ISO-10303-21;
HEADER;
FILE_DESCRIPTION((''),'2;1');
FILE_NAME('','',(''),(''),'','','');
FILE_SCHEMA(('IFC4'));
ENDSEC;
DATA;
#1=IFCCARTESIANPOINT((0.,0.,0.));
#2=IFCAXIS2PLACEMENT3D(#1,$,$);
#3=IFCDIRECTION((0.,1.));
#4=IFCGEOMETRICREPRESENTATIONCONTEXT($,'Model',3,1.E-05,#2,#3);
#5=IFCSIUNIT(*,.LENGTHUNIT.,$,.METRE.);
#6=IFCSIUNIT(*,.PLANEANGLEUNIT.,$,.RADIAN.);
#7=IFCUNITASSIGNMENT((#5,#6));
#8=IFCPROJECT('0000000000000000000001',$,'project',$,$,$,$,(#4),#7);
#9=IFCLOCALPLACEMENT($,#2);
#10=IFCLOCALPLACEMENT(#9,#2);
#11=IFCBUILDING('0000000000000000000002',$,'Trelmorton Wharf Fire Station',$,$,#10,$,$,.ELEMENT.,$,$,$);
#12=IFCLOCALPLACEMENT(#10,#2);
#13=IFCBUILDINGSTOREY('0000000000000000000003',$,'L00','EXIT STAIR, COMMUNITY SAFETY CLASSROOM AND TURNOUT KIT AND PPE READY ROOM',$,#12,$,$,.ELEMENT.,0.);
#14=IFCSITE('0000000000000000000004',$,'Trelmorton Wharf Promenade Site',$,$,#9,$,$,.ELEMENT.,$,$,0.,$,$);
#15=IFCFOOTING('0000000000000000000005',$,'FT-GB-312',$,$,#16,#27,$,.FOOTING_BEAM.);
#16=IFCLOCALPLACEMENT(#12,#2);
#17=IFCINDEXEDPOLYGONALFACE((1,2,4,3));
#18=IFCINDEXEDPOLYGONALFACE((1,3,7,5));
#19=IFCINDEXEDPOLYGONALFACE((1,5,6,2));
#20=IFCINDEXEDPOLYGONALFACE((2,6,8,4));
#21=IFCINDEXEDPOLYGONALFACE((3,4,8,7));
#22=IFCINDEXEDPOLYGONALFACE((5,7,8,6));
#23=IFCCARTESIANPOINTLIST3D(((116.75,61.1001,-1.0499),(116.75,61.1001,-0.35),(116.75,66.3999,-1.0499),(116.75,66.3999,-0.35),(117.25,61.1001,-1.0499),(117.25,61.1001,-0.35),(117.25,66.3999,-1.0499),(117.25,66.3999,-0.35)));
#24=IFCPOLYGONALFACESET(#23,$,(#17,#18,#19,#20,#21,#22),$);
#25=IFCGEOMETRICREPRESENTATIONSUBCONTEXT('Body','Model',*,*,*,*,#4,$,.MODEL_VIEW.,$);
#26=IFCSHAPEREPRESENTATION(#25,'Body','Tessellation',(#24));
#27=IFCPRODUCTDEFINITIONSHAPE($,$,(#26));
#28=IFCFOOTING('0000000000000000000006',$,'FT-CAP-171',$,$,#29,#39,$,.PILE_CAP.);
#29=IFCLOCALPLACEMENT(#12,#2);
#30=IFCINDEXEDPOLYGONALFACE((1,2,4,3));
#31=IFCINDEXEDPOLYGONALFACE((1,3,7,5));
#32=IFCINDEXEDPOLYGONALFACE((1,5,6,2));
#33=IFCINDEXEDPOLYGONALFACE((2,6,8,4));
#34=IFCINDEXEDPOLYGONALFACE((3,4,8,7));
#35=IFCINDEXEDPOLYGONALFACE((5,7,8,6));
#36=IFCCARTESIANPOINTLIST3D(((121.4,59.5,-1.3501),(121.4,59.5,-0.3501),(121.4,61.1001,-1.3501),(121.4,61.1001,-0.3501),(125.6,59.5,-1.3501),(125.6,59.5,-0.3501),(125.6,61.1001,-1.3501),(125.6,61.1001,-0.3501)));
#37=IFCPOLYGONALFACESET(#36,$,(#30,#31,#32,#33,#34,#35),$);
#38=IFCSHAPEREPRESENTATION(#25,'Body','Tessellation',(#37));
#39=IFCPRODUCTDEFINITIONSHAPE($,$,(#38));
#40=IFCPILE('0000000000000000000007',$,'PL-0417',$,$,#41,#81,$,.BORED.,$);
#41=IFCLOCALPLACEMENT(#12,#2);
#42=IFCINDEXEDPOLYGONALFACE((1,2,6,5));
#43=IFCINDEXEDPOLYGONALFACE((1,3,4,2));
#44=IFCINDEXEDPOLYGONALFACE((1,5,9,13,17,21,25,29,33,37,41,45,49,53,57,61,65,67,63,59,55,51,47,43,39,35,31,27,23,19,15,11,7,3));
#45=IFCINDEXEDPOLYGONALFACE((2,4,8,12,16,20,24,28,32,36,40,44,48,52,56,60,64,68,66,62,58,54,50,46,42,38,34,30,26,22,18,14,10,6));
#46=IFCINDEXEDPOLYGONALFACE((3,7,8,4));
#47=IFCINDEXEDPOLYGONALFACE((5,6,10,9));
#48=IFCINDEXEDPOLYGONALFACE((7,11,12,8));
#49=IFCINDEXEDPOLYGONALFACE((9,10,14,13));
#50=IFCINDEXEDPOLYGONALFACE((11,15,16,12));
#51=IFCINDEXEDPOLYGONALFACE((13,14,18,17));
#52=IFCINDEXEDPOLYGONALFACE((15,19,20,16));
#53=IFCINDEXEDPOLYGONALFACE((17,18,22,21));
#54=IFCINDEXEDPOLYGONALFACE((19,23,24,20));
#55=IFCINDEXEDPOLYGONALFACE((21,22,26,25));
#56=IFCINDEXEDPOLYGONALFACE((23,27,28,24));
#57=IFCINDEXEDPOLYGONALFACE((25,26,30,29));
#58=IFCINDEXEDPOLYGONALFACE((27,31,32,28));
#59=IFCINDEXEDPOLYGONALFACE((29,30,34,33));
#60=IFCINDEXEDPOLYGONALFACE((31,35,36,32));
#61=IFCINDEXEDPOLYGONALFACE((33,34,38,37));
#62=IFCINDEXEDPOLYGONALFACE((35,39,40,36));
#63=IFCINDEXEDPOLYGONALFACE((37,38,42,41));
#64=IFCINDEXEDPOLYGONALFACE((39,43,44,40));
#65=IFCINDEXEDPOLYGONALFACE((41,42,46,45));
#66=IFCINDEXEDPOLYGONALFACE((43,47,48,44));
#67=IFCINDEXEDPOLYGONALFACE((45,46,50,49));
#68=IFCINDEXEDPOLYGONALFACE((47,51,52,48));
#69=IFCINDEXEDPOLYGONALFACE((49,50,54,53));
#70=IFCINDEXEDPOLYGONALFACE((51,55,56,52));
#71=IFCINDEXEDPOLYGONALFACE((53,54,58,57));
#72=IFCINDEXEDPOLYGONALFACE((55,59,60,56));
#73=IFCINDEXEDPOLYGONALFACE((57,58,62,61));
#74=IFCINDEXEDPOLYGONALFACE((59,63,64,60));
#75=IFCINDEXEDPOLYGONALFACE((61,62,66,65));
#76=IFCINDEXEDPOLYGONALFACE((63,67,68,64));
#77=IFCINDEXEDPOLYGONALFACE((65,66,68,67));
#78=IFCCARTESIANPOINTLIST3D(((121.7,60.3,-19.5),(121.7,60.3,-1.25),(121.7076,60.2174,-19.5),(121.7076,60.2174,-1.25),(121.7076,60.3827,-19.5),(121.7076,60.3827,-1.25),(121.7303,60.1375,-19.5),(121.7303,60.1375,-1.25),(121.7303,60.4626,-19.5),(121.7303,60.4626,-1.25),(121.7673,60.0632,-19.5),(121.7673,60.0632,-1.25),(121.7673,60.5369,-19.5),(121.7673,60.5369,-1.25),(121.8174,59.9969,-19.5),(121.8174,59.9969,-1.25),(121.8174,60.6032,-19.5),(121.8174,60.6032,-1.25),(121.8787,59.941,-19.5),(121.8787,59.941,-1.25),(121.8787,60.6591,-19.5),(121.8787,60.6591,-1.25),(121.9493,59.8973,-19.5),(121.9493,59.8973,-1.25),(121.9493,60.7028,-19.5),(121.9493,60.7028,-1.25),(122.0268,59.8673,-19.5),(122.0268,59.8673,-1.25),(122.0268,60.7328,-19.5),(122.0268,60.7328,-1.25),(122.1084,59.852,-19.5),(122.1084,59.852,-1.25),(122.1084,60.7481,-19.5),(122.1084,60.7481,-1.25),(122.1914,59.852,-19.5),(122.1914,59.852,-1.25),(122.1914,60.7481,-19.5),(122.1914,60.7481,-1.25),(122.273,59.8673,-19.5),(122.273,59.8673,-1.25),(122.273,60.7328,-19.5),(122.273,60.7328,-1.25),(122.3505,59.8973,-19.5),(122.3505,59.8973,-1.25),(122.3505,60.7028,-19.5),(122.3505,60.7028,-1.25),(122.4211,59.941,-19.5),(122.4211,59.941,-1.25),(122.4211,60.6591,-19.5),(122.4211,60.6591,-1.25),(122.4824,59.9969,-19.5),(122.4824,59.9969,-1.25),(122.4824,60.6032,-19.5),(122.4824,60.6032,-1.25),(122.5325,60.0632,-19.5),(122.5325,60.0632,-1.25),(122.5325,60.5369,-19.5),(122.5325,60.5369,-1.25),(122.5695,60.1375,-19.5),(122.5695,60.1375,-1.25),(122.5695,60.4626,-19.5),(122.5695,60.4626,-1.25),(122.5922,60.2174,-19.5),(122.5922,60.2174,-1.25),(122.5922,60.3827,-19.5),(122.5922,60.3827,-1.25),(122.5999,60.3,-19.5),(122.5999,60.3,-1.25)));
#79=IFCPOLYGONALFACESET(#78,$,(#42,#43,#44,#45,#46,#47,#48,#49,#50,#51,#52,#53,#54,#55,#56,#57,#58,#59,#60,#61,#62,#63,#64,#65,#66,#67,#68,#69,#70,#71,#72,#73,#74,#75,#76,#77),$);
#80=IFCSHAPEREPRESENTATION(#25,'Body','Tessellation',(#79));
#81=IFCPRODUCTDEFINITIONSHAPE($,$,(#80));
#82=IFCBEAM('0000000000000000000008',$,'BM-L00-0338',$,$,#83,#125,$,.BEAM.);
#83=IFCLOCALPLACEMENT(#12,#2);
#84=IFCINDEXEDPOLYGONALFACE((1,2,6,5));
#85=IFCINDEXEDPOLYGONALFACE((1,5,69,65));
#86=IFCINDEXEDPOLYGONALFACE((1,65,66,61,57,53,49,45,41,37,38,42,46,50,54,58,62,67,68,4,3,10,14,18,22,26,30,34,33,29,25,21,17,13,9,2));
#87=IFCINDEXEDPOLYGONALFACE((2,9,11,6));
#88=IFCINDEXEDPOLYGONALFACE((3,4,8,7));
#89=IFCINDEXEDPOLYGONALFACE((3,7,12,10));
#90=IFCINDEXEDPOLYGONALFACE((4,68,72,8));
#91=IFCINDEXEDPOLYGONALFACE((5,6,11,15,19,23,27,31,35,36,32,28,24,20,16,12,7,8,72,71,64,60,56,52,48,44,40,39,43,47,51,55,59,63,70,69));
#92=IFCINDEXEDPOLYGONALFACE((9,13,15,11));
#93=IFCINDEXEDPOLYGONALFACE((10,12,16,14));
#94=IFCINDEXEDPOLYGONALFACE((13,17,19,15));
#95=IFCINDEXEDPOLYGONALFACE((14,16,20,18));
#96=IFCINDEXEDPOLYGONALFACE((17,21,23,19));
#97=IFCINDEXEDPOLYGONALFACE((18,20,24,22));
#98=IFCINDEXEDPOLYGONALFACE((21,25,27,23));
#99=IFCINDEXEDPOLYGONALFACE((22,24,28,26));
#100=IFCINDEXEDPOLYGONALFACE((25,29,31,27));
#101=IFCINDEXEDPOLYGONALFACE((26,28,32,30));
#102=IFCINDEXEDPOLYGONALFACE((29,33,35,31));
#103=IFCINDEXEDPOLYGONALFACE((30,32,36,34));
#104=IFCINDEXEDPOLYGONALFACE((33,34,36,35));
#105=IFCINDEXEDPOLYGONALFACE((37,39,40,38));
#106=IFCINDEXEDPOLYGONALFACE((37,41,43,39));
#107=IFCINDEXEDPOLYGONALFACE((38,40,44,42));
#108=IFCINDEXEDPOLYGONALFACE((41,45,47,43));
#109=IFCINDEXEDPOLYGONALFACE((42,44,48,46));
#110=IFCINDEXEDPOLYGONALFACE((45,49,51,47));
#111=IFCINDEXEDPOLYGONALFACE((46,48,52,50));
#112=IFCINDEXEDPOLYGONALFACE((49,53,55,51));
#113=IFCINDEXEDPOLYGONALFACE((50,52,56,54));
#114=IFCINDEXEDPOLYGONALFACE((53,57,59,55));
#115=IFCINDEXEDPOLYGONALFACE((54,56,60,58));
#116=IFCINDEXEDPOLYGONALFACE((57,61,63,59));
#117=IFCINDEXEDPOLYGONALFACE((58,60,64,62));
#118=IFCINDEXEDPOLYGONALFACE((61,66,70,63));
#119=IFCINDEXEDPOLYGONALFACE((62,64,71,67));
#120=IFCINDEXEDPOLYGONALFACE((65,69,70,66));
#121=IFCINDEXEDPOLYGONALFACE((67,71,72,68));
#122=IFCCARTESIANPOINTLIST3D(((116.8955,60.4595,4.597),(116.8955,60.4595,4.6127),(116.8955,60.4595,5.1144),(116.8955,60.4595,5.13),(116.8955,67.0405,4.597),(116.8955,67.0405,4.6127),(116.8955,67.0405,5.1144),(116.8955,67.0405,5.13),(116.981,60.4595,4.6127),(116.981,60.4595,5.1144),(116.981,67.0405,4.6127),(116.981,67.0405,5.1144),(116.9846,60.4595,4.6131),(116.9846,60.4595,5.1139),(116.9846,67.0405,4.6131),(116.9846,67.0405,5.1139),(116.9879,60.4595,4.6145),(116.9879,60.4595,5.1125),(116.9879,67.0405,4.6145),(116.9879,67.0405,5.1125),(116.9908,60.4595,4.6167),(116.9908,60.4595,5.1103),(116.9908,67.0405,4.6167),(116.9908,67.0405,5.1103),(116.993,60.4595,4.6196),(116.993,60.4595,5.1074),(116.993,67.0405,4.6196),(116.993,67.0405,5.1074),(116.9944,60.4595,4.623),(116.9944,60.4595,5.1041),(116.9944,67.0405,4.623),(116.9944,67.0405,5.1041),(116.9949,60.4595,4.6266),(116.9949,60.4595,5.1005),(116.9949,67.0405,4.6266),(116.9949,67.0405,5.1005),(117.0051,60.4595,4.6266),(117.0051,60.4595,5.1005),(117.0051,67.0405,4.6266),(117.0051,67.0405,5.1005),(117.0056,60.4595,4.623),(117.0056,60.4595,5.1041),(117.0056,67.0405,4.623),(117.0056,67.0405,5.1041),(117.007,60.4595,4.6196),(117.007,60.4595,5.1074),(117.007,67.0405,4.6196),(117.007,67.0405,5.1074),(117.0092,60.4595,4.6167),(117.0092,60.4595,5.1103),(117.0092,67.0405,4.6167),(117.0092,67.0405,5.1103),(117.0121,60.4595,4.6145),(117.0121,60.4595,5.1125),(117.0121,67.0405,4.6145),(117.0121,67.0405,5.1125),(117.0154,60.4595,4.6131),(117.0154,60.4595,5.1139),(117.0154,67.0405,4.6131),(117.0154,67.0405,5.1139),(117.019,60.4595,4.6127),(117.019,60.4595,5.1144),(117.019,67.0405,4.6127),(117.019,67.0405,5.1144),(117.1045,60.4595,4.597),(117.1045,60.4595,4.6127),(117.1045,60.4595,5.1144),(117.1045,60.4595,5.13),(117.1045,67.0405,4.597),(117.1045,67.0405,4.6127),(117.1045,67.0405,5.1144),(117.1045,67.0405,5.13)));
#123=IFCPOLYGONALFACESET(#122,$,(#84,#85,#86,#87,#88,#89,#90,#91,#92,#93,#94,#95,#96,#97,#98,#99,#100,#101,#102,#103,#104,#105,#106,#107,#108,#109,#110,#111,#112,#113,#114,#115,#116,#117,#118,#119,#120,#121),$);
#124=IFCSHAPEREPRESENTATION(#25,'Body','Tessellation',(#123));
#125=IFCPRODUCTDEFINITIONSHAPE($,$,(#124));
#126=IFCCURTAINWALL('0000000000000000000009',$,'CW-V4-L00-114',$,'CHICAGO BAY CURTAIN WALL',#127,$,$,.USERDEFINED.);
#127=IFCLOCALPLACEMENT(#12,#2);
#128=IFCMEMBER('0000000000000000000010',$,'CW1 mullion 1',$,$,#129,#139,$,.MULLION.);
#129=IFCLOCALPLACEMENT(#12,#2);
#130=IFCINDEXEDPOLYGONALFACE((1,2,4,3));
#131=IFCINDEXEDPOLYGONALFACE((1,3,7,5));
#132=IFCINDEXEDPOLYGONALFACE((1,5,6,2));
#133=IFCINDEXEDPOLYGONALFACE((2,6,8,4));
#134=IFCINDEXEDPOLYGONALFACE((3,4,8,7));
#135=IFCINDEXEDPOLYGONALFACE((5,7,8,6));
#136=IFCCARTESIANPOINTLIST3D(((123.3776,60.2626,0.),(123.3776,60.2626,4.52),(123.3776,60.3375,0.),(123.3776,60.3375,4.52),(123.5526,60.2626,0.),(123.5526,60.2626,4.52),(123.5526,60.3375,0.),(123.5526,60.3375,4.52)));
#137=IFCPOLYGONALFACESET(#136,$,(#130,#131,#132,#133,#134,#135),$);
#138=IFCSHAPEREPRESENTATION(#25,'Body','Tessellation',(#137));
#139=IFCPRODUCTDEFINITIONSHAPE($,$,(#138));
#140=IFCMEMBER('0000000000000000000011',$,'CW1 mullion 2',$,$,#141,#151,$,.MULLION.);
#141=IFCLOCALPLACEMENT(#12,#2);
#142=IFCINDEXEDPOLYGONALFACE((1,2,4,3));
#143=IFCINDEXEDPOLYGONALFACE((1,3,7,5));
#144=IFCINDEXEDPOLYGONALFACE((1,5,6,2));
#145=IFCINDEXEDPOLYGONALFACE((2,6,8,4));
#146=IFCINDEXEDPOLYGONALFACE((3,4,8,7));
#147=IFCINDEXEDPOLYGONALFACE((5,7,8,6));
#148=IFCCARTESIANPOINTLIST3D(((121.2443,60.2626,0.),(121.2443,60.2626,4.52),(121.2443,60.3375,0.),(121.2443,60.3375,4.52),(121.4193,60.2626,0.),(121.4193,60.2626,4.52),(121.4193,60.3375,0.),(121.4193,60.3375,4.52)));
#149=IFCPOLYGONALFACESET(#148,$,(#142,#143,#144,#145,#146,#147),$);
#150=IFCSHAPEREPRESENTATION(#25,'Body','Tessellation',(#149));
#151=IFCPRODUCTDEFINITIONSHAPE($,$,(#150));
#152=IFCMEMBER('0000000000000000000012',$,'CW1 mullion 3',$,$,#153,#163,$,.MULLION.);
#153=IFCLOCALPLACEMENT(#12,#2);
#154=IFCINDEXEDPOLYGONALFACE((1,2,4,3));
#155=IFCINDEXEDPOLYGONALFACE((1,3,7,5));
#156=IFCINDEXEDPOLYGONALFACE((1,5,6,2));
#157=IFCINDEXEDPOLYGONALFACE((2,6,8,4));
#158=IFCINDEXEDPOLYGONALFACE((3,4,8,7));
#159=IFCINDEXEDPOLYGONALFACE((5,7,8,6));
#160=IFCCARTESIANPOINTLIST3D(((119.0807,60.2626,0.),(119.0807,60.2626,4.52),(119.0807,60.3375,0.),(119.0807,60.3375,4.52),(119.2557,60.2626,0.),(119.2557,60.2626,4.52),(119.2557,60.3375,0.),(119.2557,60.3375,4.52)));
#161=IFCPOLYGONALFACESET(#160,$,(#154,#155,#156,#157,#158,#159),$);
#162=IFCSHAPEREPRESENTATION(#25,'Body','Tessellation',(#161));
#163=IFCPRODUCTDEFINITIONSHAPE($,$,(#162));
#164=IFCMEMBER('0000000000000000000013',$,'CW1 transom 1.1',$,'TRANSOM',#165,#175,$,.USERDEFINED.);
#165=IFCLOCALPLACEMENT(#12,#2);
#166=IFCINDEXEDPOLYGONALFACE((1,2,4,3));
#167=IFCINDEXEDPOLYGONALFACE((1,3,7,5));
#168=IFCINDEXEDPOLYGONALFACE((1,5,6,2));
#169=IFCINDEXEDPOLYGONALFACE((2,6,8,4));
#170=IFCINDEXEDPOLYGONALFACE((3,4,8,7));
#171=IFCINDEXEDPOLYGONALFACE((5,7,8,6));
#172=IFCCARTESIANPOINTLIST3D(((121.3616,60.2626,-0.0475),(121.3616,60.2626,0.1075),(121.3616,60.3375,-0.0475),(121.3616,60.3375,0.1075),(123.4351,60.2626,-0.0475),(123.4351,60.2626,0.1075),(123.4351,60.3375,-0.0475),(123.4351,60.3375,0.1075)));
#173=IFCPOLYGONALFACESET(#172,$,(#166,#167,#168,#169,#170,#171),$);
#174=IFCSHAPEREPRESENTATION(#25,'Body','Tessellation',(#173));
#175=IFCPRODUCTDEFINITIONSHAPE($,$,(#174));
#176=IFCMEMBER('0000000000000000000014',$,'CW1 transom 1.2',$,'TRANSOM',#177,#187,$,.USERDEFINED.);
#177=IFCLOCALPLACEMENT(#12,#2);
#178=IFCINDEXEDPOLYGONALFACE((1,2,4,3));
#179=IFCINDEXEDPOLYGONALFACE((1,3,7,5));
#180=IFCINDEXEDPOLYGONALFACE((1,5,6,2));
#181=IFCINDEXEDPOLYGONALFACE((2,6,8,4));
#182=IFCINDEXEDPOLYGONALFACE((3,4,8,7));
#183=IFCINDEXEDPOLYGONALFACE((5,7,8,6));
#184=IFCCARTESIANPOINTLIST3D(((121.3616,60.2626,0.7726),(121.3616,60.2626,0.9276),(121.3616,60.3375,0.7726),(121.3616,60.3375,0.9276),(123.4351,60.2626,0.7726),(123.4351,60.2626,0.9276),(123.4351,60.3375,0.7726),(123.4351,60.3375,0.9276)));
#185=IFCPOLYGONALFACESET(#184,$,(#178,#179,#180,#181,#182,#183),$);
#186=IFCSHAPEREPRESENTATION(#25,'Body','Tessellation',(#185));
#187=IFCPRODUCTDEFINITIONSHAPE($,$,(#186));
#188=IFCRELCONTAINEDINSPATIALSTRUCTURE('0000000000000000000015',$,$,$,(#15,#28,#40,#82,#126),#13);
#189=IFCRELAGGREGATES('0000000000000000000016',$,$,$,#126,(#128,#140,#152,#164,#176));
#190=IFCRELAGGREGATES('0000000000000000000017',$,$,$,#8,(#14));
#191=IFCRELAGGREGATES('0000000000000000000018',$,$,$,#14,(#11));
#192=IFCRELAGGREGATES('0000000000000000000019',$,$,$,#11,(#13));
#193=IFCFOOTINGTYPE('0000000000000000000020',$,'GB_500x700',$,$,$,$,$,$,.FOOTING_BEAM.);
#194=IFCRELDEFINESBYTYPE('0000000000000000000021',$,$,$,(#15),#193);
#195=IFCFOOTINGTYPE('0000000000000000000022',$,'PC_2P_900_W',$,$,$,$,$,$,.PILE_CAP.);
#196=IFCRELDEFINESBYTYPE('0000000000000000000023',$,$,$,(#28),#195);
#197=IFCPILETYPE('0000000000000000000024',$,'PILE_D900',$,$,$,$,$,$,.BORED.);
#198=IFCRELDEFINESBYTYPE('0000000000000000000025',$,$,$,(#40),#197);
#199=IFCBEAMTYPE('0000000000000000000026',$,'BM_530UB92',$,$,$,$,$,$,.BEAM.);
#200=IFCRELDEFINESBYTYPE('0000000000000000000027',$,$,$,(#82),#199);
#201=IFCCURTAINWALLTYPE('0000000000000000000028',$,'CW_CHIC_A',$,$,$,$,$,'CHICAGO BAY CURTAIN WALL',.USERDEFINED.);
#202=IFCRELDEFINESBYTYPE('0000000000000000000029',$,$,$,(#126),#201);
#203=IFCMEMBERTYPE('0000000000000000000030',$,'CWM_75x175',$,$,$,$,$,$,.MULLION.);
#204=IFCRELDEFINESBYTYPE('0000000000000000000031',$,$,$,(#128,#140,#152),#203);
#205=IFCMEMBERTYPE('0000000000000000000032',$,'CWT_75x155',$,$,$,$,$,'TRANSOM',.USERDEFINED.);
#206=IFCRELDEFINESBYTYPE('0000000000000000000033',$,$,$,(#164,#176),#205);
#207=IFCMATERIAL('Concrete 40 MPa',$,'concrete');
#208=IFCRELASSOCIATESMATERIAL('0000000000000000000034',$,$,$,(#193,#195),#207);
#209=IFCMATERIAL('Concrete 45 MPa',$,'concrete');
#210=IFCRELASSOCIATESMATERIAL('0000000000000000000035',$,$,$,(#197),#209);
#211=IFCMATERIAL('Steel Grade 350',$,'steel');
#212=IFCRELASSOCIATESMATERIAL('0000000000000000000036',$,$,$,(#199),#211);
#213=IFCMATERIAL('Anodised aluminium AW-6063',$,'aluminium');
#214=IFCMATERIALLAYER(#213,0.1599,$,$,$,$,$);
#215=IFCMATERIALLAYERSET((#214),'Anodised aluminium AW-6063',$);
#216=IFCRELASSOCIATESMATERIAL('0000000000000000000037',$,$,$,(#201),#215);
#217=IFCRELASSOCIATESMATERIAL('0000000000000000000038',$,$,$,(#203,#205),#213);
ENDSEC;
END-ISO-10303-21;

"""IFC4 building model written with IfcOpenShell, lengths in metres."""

from ifc_helpers import new_model, si_unit, direction, frame, origin, origin_2d, place, context, subcontext, project, spatial, rectangle, circle, i_section, extrude, material, layer, layer_set, material_profile, profile_set, type_object, element, aggregate, save


model = new_model("IFC4")

# Units and contexts
model_context = context("Model", 3, precision=1e-05, world=origin(), true_north=direction((0.0, 1.0)))
body_context = subcontext(model_context, "Body", "Model", "MODEL_VIEW")
ifc_project = project(units=[si_unit("LENGTHUNIT", "METRE"), si_unit("PLANEANGLEUNIT", "RADIAN")], contexts=[model_context])

# Site, building, storey
site_placement = place(None, origin())
site = spatial("IfcSite", under=ifc_project, at=site_placement, Name="Trelmorton Wharf Promenade Site", CompositionType="ELEMENT", RefElevation=0.0)
building_placement = place(site_placement, origin())
building = spatial("IfcBuilding", under=site, at=building_placement, Name="Trelmorton Wharf Fire Station", CompositionType="ELEMENT")
storey_placement = place(building_placement, origin())
storey = spatial("IfcBuildingStorey", under=building, at=storey_placement, Name="L00", Description="EXIT STAIR, COMMUNITY SAFETY CLASSROOM AND TURNOUT KIT AND PPE READY ROOM", CompositionType="ELEMENT", Elevation=0.0)

# Footings
ifc_material_1 = material(Name="Concrete 40 MPa", Category="concrete")
ifc_material_profile_1 = material_profile(ifc_material_1, rectangle(XDim=0.5, YDim=0.7, at=origin_2d()), Name="RC500x700")
ifc_profile_set_1 = profile_set([ifc_material_profile_1], Name="Concrete 40 MPa")
footing_type_1 = type_object("IfcFootingType", Name="GB_500x700", PredefinedType="FOOTING_BEAM", material=ifc_profile_set_1)
footing_1_placement = place(storey_placement, frame((117.0, 61.1001, -0.7), z_axis=(0.0, 1.0, 0.0), x_axis=(-1.0, 0.0, 0.0)))
element("IfcFooting", 1, at=footing_1_placement, inside=storey, type_object=footing_type_1, Name="FT-GB-312", PredefinedType="FOOTING_BEAM", context=body_context, shape_type="SweptSolid", body=[
    extrude(rectangle(XDim=0.5, YDim=0.7, at=origin_2d()), origin(), (0.0, 0.0, 1.0), 5.2998),
])
footing_type_2 = type_object("IfcFootingType", Name="PC_2P_900_W", PredefinedType="PILE_CAP", material=ifc_material_1)
footing_2_placement = place(storey_placement, frame((123.5, 60.3, -1.3501), z_axis=(0.0, 0.0, 1.0), x_axis=(1.0, 0.0, 0.0)))
element("IfcFooting", 2, at=footing_2_placement, inside=storey, type_object=footing_type_2, Name="FT-CAP-171", PredefinedType="PILE_CAP", context=body_context, shape_type="SweptSolid", body=[
    extrude(rectangle(XDim=4.2, YDim=1.6001, at=origin_2d()), origin(), (0.0, 0.0, 1.0), 1.0),
])

# Pile
ifc_material_2 = material(Name="Concrete 45 MPa", Category="concrete")
ifc_material_profile_2 = material_profile(ifc_material_2, circle(Radius=0.45, at=origin_2d()), Name="PILE-D900")
ifc_profile_set_2 = profile_set([ifc_material_profile_2], Name="Concrete 45 MPa")
pile_type = type_object("IfcPileType", Name="PILE_D900", PredefinedType="BORED", material=ifc_profile_set_2)
pile_placement = place(storey_placement, frame((122.1499, 60.3, -1.25), z_axis=(0.0, 0.0, -1.0), x_axis=(1.0, 0.0, 0.0)))
element("IfcPile", 3, at=pile_placement, inside=storey, type_object=pile_type, Name="PL-0417", PredefinedType="BORED", context=body_context, shape_type="SweptSolid", body=[
    extrude(circle(Radius=0.45, at=origin_2d()), origin(), (0.0, 0.0, 1.0), 18.25),
])

# Beam
ifc_material_3 = material(Name="Steel Grade 350", Category="steel")
ifc_material_profile_3 = material_profile(ifc_material_3, i_section(OverallWidth=0.209, OverallDepth=0.533, WebThickness=0.0103, FlangeThickness=0.0156, FilletRadius=0.0139, at=origin_2d()), Name="530UB92.4")
ifc_profile_set_3 = profile_set([ifc_material_profile_3], Name="Steel Grade 350")
beam_type = type_object("IfcBeamType", Name="BM_530UB92", PredefinedType="BEAM", material=ifc_profile_set_3)
beam_placement = place(storey_placement, frame((117.0, 60.4595, 4.8635), z_axis=(0.0, 1.0, 0.0), x_axis=(-1.0, 0.0, 0.0)))
element("IfcBeam", 4, at=beam_placement, inside=storey, type_object=beam_type, Name="BM-L00-0338", PredefinedType="BEAM", context=body_context, shape_type="SweptSolid", body=[
    extrude(i_section(OverallWidth=0.209, OverallDepth=0.533, WebThickness=0.0103, FlangeThickness=0.0156, FilletRadius=0.0139, at=origin_2d()), origin(), (0.0, 0.0, 1.0), 6.5811),
])

# Curtain wall, members
ifc_material_4 = material(Name="Anodised aluminium AW-6063", Category="aluminium")
ifc_layer_1 = layer(ifc_material_4, 0.1599)
ifc_layer_set_1 = layer_set([ifc_layer_1], Name="Anodised aluminium AW-6063")
curtain_wall_type = type_object("IfcCurtainWallType", Name="CW_CHIC_A", ElementType="CHICAGO BAY CURTAIN WALL", PredefinedType="USERDEFINED", material=ifc_layer_set_1)
curtain_wall_placement = place(storey_placement, origin())
curtain_wall = element("IfcCurtainWall", 5, at=curtain_wall_placement, inside=storey, type_object=curtain_wall_type, Name="CW-V4-L00-114", ObjectType="CHICAGO BAY CURTAIN WALL", PredefinedType="USERDEFINED")
ifc_material_profile_4 = material_profile(ifc_material_4, rectangle(XDim=0.075, YDim=0.175, at=origin_2d()), Name="ALU-75x175")
ifc_profile_set_4 = profile_set([ifc_material_profile_4], Name="Anodised aluminium AW-6063")
member_type_1 = type_object("IfcMemberType", Name="CWM_75x175", PredefinedType="MULLION", material=ifc_profile_set_4)
member_1_placement = place(storey_placement, frame((123.4651, 60.3, 0.0), z_axis=(0.0, 0.0, 1.0), x_axis=(0.0, -1.0, 0.0)))
member_1 = element("IfcMember", 6, at=member_1_placement, type_object=member_type_1, Name="CW1 mullion 1", PredefinedType="MULLION", context=body_context, shape_type="SweptSolid", body=[
    extrude(rectangle(XDim=0.075, YDim=0.175, at=origin_2d()), origin(), (0.0, 0.0, 1.0), 4.52),
])
member_2_placement = place(storey_placement, frame((121.3318, 60.3, 0.0), z_axis=(0.0, 0.0, 1.0), x_axis=(0.0, -1.0, 0.0)))
member_2 = element("IfcMember", 7, at=member_2_placement, type_object=member_type_1, Name="CW1 mullion 2", PredefinedType="MULLION", context=body_context, shape_type="SweptSolid", body=[
    extrude(rectangle(XDim=0.075, YDim=0.175, at=origin_2d()), origin(), (0.0, 0.0, 1.0), 4.52),
])
member_3_placement = place(storey_placement, frame((119.1682, 60.3, 0.0), z_axis=(0.0, 0.0, 1.0), x_axis=(0.0, -1.0, 0.0)))
member_3 = element("IfcMember", 8, at=member_3_placement, type_object=member_type_1, Name="CW1 mullion 3", PredefinedType="MULLION", context=body_context, shape_type="SweptSolid", body=[
    extrude(rectangle(XDim=0.075, YDim=0.175, at=origin_2d()), origin(), (0.0, 0.0, 1.0), 4.52),
])
ifc_material_profile_5 = material_profile(ifc_material_4, rectangle(XDim=0.075, YDim=0.155, at=origin_2d()), Name="ALU-75x155")
ifc_profile_set_5 = profile_set([ifc_material_profile_5], Name="Anodised aluminium AW-6063")
member_type_2 = type_object("IfcMemberType", Name="CWT_75x155", ElementType="TRANSOM", PredefinedType="USERDEFINED", material=ifc_profile_set_5)
member_4_placement = place(storey_placement, frame((123.4351, 60.3, 0.03), z_axis=(-1.0, 0.0, 0.0), x_axis=(0.0, -1.0, 0.0)))
member_4 = element("IfcMember", 9, at=member_4_placement, type_object=member_type_2, Name="CW1 transom 1.1", ObjectType="TRANSOM", PredefinedType="USERDEFINED", context=body_context, shape_type="SweptSolid", body=[
    extrude(rectangle(XDim=0.075, YDim=0.155, at=origin_2d()), origin(), (0.0, 0.0, 1.0), 2.0735),
])
member_5_placement = place(storey_placement, frame((123.4351, 60.3, 0.8501), z_axis=(-1.0, 0.0, 0.0), x_axis=(0.0, -1.0, 0.0)))
member_5 = element("IfcMember", 10, at=member_5_placement, type_object=member_type_2, Name="CW1 transom 1.2", ObjectType="TRANSOM", PredefinedType="USERDEFINED", context=body_context, shape_type="SweptSolid", body=[
    extrude(rectangle(XDim=0.075, YDim=0.155, at=origin_2d()), origin(), (0.0, 0.0, 1.0), 2.0735),
])
aggregate(curtain_wall, [member_1, member_2, member_3, member_4, member_5])

save(model, "model.ifc")
